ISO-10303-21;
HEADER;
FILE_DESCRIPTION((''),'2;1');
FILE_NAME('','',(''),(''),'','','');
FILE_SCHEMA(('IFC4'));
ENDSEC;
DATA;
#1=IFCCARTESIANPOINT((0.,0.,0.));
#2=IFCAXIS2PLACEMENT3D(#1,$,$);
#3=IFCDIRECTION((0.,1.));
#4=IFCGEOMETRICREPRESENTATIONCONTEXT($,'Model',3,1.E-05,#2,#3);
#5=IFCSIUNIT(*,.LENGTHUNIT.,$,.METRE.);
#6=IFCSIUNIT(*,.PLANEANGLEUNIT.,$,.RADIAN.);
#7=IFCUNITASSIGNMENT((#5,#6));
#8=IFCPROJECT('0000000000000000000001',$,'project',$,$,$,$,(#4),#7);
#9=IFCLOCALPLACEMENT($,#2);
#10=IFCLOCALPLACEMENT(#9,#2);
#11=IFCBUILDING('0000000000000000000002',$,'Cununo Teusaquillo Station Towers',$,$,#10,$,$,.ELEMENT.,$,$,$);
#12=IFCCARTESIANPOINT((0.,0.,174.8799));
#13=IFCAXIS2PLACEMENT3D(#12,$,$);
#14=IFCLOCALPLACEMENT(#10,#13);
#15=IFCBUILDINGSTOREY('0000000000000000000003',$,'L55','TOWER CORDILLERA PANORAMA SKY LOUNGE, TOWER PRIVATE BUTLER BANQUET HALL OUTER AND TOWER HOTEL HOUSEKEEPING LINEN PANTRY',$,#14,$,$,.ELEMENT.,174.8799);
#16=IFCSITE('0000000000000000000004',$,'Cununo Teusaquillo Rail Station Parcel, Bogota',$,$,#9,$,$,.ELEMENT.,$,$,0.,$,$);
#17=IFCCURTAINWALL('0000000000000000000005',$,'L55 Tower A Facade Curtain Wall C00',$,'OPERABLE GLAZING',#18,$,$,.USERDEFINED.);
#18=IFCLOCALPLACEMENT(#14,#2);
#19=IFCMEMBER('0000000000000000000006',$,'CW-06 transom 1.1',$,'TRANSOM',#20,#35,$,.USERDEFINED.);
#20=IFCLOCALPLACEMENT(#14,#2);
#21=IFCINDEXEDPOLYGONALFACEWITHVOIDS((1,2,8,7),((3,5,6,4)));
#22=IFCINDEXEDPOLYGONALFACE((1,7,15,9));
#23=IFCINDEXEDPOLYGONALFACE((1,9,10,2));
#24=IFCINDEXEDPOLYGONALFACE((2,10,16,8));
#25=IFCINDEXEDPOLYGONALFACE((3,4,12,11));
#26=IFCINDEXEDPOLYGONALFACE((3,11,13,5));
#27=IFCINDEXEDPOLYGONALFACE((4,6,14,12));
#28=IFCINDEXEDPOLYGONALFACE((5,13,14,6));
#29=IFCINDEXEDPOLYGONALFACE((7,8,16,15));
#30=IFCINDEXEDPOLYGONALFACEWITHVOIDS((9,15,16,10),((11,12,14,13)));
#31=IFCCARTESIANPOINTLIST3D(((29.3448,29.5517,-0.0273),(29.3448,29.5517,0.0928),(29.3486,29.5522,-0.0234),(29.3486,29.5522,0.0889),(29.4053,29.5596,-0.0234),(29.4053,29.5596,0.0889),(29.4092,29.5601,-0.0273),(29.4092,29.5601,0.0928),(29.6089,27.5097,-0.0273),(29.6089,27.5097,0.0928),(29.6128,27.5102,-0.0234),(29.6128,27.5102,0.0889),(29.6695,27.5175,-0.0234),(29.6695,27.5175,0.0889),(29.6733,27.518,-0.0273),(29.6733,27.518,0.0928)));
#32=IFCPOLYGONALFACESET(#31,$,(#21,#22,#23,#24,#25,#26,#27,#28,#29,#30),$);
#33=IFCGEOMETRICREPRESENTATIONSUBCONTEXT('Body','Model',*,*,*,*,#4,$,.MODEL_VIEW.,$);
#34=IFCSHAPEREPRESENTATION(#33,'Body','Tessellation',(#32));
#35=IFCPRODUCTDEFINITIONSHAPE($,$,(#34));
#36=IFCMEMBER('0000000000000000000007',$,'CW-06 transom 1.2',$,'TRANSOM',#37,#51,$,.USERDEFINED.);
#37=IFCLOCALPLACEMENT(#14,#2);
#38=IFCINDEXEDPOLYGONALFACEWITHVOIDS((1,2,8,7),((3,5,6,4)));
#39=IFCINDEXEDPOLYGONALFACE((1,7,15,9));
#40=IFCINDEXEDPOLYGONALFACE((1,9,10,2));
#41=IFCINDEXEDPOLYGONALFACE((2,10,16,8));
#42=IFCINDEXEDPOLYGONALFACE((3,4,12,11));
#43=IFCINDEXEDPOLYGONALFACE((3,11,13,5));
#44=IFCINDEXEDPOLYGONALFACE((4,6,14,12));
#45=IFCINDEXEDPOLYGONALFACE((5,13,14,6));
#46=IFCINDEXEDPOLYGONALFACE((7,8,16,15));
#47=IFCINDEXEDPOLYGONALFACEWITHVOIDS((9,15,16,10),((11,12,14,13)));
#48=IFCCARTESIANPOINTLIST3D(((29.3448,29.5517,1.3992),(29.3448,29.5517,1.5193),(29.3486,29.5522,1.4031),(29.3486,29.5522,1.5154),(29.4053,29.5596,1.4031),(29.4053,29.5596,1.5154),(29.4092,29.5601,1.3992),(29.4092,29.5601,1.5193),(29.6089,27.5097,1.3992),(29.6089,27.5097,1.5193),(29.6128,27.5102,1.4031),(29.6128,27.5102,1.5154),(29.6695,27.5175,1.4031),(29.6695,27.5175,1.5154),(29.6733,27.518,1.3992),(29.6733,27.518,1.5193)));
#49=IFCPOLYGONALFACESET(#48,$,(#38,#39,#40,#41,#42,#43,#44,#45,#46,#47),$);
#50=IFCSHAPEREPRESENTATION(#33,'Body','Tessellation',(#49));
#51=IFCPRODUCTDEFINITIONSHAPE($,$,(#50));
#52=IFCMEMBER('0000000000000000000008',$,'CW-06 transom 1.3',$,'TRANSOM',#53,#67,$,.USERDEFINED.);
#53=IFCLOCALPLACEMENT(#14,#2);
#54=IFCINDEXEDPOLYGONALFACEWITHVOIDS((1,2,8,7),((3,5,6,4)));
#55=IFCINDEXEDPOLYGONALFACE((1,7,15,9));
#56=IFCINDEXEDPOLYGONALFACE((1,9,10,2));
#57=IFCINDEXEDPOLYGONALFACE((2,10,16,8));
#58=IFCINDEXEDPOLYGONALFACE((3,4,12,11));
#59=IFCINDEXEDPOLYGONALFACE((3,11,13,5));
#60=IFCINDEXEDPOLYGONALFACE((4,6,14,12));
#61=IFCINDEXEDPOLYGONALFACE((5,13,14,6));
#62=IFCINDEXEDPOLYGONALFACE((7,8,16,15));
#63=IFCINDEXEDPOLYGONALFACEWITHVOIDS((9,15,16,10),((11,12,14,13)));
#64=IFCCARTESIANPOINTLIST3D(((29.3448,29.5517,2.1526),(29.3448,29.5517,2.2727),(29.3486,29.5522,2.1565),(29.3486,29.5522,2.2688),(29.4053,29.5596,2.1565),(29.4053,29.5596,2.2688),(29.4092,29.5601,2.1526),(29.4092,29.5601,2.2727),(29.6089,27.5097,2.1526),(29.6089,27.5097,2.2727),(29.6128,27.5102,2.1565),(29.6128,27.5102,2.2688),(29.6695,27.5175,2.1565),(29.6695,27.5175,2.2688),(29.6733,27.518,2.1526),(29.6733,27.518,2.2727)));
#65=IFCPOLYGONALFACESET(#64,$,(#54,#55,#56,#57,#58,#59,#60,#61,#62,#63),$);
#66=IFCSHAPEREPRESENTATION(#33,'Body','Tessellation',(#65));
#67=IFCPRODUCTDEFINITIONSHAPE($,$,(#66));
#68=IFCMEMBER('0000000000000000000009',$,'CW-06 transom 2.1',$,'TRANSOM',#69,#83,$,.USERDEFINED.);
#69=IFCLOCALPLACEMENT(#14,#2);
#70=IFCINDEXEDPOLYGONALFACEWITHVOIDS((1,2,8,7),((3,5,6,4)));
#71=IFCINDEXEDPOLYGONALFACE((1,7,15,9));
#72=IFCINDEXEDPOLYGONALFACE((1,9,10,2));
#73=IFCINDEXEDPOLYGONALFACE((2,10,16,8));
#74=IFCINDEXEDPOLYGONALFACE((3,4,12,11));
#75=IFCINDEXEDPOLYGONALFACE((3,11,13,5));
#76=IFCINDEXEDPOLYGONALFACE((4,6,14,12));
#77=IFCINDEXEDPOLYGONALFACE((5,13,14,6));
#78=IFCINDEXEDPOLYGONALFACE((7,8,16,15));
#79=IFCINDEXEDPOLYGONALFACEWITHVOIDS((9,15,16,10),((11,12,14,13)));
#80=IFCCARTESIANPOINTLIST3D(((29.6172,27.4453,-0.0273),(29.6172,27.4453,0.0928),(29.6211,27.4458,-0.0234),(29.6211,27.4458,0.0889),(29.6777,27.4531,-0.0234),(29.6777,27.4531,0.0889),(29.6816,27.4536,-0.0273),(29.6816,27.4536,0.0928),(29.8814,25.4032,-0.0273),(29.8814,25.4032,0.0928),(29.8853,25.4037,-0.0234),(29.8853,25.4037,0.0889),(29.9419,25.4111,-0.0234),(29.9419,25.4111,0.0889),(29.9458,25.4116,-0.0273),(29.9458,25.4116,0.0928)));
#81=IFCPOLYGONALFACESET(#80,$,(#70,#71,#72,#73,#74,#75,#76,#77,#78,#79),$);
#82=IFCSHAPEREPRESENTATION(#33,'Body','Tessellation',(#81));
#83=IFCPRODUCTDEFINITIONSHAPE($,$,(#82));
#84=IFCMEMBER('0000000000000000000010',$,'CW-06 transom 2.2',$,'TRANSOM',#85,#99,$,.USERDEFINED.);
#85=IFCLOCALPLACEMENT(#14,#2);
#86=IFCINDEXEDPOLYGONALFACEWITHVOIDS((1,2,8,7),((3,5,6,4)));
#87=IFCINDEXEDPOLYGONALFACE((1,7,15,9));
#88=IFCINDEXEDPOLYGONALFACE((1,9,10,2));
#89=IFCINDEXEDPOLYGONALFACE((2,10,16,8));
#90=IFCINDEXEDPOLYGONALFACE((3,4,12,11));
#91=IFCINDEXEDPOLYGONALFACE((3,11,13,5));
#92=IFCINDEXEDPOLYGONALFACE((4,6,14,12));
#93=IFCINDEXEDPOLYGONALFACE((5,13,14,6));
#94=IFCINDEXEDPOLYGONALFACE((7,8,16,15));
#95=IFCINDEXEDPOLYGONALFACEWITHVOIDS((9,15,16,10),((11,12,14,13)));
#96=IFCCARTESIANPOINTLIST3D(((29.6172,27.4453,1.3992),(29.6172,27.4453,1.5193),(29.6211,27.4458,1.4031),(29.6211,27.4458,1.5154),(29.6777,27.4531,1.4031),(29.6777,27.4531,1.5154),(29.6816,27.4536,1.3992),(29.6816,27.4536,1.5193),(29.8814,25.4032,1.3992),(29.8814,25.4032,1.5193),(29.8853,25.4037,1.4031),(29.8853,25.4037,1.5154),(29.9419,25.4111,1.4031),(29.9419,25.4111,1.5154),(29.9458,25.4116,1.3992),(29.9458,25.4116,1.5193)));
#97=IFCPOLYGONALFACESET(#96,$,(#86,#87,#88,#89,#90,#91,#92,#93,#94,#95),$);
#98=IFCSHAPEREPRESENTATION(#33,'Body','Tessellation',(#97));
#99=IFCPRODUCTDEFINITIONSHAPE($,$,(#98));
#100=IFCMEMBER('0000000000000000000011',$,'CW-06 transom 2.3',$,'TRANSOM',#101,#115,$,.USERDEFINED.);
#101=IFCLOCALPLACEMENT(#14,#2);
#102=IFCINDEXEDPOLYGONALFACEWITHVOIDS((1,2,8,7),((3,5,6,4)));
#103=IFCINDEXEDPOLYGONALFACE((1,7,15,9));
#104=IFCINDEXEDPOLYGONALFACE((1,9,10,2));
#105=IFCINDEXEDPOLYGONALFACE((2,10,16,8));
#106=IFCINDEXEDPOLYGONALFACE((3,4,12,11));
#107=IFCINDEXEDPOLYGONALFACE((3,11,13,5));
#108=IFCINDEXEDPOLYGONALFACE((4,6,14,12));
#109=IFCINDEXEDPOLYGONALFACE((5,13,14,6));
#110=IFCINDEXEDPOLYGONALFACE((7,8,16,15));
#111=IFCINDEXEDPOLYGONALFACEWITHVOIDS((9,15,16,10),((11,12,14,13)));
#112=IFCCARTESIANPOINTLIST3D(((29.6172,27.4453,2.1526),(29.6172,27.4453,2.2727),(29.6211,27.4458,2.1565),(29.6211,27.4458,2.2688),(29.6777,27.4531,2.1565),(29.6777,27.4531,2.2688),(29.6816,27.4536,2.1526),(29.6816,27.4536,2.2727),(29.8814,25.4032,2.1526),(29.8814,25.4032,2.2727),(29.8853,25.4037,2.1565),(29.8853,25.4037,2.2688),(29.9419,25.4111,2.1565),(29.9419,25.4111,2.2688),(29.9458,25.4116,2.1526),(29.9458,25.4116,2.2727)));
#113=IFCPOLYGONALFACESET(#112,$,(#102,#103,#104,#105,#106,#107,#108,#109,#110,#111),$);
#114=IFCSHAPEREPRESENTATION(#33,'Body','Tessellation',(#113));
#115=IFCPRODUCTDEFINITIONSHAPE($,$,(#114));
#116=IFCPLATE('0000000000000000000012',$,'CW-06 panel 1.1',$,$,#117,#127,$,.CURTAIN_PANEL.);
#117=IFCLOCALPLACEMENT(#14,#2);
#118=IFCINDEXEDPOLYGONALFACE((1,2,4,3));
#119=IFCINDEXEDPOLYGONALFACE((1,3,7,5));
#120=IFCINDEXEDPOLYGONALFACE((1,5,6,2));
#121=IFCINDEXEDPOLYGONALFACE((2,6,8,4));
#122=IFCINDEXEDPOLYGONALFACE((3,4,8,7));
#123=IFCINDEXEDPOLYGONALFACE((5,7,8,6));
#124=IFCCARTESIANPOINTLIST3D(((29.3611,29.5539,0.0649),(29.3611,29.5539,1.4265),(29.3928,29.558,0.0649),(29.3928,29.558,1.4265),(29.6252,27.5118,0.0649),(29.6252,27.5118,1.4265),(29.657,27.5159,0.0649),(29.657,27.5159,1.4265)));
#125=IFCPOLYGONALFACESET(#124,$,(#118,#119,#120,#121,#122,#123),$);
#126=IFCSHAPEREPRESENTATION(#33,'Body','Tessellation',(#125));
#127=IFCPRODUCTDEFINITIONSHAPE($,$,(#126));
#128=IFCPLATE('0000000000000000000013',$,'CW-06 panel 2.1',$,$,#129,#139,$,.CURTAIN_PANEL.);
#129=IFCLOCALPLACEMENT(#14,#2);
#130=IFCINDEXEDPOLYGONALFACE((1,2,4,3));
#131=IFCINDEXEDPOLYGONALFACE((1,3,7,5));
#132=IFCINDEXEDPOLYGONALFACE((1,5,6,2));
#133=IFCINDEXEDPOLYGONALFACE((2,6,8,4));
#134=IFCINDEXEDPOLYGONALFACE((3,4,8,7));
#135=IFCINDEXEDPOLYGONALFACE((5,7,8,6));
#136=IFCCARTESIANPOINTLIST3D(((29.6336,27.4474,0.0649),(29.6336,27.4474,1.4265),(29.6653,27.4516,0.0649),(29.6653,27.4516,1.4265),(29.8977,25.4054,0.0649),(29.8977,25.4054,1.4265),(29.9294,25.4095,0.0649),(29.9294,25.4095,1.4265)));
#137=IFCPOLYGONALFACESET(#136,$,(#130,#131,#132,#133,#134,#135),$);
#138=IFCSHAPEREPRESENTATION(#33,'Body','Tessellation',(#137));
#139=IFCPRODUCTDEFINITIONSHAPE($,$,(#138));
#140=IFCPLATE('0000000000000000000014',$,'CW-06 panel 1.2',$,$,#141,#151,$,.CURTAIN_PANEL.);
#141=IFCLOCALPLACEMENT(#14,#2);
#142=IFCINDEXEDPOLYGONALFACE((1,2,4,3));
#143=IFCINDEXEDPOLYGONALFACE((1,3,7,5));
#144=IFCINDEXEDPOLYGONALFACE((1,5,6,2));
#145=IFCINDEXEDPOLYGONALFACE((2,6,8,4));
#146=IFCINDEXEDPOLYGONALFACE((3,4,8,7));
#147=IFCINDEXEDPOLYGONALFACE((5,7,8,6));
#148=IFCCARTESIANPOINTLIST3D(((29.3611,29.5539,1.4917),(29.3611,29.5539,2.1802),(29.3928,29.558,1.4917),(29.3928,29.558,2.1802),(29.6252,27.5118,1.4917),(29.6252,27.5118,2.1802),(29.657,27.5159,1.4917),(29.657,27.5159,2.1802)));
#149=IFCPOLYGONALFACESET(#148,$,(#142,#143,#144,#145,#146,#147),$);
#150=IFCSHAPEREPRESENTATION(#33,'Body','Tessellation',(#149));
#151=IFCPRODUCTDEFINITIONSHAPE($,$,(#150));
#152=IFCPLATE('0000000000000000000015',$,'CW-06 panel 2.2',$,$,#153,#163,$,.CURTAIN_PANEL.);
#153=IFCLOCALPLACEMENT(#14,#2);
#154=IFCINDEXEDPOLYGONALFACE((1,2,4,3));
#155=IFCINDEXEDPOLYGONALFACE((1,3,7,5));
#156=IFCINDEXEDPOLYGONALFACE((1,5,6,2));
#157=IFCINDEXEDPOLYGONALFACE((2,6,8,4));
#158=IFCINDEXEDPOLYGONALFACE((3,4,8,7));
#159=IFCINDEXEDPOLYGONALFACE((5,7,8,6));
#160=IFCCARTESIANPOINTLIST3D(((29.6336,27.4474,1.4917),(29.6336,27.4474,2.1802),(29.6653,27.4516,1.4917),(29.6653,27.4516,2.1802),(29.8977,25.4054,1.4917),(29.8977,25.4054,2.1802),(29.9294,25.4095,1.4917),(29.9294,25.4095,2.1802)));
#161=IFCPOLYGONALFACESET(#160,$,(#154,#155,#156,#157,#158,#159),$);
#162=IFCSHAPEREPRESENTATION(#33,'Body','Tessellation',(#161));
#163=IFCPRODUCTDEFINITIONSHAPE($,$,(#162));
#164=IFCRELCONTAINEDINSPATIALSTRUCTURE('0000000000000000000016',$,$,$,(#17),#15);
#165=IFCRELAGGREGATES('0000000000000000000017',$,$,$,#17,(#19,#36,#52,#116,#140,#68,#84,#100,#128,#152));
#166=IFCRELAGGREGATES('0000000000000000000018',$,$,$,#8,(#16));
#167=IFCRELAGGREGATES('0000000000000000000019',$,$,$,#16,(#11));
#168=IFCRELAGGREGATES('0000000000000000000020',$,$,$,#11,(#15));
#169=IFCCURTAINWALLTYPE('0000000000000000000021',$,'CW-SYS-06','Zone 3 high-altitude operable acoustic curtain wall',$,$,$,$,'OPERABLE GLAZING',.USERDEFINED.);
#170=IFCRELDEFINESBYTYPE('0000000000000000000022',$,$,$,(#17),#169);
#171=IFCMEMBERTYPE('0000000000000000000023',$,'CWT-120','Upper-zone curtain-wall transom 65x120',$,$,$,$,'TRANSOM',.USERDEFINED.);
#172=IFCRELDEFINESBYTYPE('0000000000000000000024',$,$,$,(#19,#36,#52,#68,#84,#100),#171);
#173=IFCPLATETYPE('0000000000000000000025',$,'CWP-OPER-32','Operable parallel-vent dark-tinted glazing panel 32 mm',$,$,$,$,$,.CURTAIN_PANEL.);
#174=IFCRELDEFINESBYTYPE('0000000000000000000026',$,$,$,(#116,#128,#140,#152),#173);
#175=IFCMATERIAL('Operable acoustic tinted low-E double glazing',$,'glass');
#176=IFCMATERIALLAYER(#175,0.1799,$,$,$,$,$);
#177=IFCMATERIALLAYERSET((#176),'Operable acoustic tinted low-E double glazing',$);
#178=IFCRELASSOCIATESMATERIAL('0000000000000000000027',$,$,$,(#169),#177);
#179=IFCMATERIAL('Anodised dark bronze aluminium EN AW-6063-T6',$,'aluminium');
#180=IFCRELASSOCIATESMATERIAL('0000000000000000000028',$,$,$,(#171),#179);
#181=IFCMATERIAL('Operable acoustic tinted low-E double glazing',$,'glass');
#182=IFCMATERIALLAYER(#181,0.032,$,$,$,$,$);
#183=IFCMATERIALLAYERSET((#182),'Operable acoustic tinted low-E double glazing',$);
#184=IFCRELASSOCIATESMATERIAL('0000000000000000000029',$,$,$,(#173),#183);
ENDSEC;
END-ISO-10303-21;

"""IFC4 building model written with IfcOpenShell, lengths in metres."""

from ifc_helpers import new_model, si_unit, direction, frame, origin, origin_2d, place, context, subcontext, project, spatial, rectangle, hollow_rectangle, extrude, source, transform, mapped, material, layer, layer_set, material_profile, profile_set, type_object, element, aggregate, save


model = new_model("IFC4")

# Units and contexts
model_context = context("Model", 3, precision=1e-05, world=origin(), true_north=direction((0.0, 1.0)))
body_context = subcontext(model_context, "Body", "Model", "MODEL_VIEW")
ifc_project = project(units=[si_unit("LENGTHUNIT", "METRE"), si_unit("PLANEANGLEUNIT", "RADIAN")], contexts=[model_context])

# Site, building, storey
site_placement = place(None, origin())
site = spatial("IfcSite", under=ifc_project, at=site_placement, Name="Cununo Teusaquillo Rail Station Parcel, Bogota", CompositionType="ELEMENT", RefElevation=0.0)
building_placement = place(site_placement, origin())
building = spatial("IfcBuilding", under=site, at=building_placement, Name="Cununo Teusaquillo Station Towers", CompositionType="ELEMENT")
storey_placement = place(building_placement, frame((0.0, 0.0, 174.8799)))
storey = spatial("IfcBuildingStorey", under=building, at=storey_placement, Name="L55", Description="TOWER CORDILLERA PANORAMA SKY LOUNGE, TOWER PRIVATE BUTLER BANQUET HALL OUTER AND TOWER HOTEL HOUSEKEEPING LINEN PANTRY", CompositionType="ELEMENT", Elevation=174.8799)

# Curtain wall, members, plates
ifc_material_1 = material(Name="Operable acoustic tinted low-E double glazing", Category="glass")
ifc_layer_1 = layer(ifc_material_1, 0.1799)
ifc_layer_set_1 = layer_set([ifc_layer_1], Name="Operable acoustic tinted low-E double glazing")
curtain_wall_type = type_object("IfcCurtainWallType", Name="CW-SYS-06", Description="Zone 3 high-altitude operable acoustic curtain wall", ElementType="OPERABLE GLAZING", PredefinedType="USERDEFINED", material=ifc_layer_set_1)
curtain_wall_placement = place(storey_placement, origin())
curtain_wall = element("IfcCurtainWall", 1, at=curtain_wall_placement, inside=storey, type_object=curtain_wall_type, Name="L55 Tower A Facade Curtain Wall C00", ObjectType="OPERABLE GLAZING", PredefinedType="USERDEFINED")
ifc_material_2 = material(Name="Anodised dark bronze aluminium EN AW-6063-T6", Category="aluminium")
ifc_material_profile_1 = material_profile(ifc_material_2, hollow_rectangle(XDim=0.0649, YDim=0.1201, WallThickness=0.0039, at=origin_2d()), Name="CW-TRAN-65x120")
ifc_profile_set_1 = profile_set([ifc_material_profile_1], Name="Anodised dark bronze aluminium EN AW-6063-T6")
member_type_1 = type_object("IfcMemberType", Name="CWT-120", Description="Upper-zone curtain-wall transom 65x120", ElementType="TRANSOM", PredefinedType="USERDEFINED", material=ifc_profile_set_1)
member_1_placement = place(storey_placement, frame((29.377, 29.5559, 0.0327), z_axis=(0.128295, -0.991736, 0.0), x_axis=(0.991736, 0.128295, 0.0)))
member_1 = element("IfcMember", 2, at=member_1_placement, type_object=member_type_1, Name="CW-06 transom 1.1", ObjectType="TRANSOM", PredefinedType="USERDEFINED", context=body_context, shape_type="SweptSolid", body=[
    extrude(hollow_rectangle(XDim=0.0649, YDim=0.1201, WallThickness=0.0039, at=origin_2d()), origin(), (0.0, 0.0, 1.0), 2.0591),
])
member_2_placement = place(storey_placement, frame((29.377, 29.5559, 1.4592), z_axis=(0.128295, -0.991736, 0.0), x_axis=(0.991736, 0.128295, 0.0)))
member_2 = element("IfcMember", 3, at=member_2_placement, type_object=member_type_1, Name="CW-06 transom 1.2", ObjectType="TRANSOM", PredefinedType="USERDEFINED", context=body_context, shape_type="SweptSolid", body=[
    extrude(hollow_rectangle(XDim=0.0649, YDim=0.1201, WallThickness=0.0039, at=origin_2d()), origin(), (0.0, 0.0, 1.0), 2.0591),
])
member_3_placement = place(storey_placement, frame((29.377, 29.5559, 2.2126), z_axis=(0.128295, -0.991736, 0.0), x_axis=(0.991736, 0.128295, 0.0)))
member_3 = element("IfcMember", 4, at=member_3_placement, type_object=member_type_1, Name="CW-06 transom 1.3", ObjectType="TRANSOM", PredefinedType="USERDEFINED", context=body_context, shape_type="SweptSolid", body=[
    extrude(hollow_rectangle(XDim=0.0649, YDim=0.1201, WallThickness=0.0039, at=origin_2d()), origin(), (0.0, 0.0, 1.0), 2.0591),
])
member_4_placement = place(storey_placement, frame((29.6494, 27.4495, 0.0327), z_axis=(0.128295, -0.991736, 0.0), x_axis=(0.991736, 0.128295, 0.0)))
member_4 = element("IfcMember", 5, at=member_4_placement, type_object=member_type_1, Name="CW-06 transom 2.1", ObjectType="TRANSOM", PredefinedType="USERDEFINED", context=body_context, shape_type="SweptSolid", body=[
    extrude(hollow_rectangle(XDim=0.0649, YDim=0.1201, WallThickness=0.0039, at=origin_2d()), origin(), (0.0, 0.0, 1.0), 2.0591),
])
member_5_placement = place(storey_placement, frame((29.6494, 27.4495, 1.4592), z_axis=(0.128295, -0.991736, 0.0), x_axis=(0.991736, 0.128295, 0.0)))
member_5 = element("IfcMember", 6, at=member_5_placement, type_object=member_type_1, Name="CW-06 transom 2.2", ObjectType="TRANSOM", PredefinedType="USERDEFINED", context=body_context, shape_type="SweptSolid", body=[
    extrude(hollow_rectangle(XDim=0.0649, YDim=0.1201, WallThickness=0.0039, at=origin_2d()), origin(), (0.0, 0.0, 1.0), 2.0591),
])
member_6_placement = place(storey_placement, frame((29.6494, 27.4495, 2.2126), z_axis=(0.128295, -0.991736, 0.0), x_axis=(0.991736, 0.128295, 0.0)))
member_6 = element("IfcMember", 7, at=member_6_placement, type_object=member_type_1, Name="CW-06 transom 2.3", ObjectType="TRANSOM", PredefinedType="USERDEFINED", context=body_context, shape_type="SweptSolid", body=[
    extrude(hollow_rectangle(XDim=0.0649, YDim=0.1201, WallThickness=0.0039, at=origin_2d()), origin(), (0.0, 0.0, 1.0), 2.0591),
])
ifc_material_3 = material(Name="Operable acoustic tinted low-E double glazing", Category="glass")
ifc_layer_2 = layer(ifc_material_3, 0.032)
ifc_layer_set_2 = layer_set([ifc_layer_2], Name="Operable acoustic tinted low-E double glazing")
plate_type = type_object("IfcPlateType", Name="CWP-OPER-32", Description="Operable parallel-vent dark-tinted glazing panel 32 mm", PredefinedType="CURTAIN_PANEL", material=ifc_layer_set_2)
shared_shape_1 = source(origin(), body_context, "Body", "SweptSolid", [
    extrude(rectangle(XDim=2.0591, YDim=0.032, at=origin_2d()), origin(), (0.0, 0.0, 1.0), 1.3616),
])
plate_1_placement = place(storey_placement, frame((29.509, 28.5349, 0.0649), z_axis=(0.0, 0.0, 1.0), x_axis=(0.128285, -0.991737, 0.0)))
plate_1 = element("IfcPlate", 8, at=plate_1_placement, type_object=plate_type, Name="CW-06 panel 1.1", PredefinedType="CURTAIN_PANEL", context=body_context, shape_type="MappedRepresentation", body=[
    mapped(shared_shape_1, transform((0.0, 0.0, 0.0), x_axis=(1.0, 0.0, 0.0), y_axis=(0.0, 1.0, 0.0), z_axis=(0.0, 0.0, 1.0), scale=1.0)),
])
plate_2_placement = place(storey_placement, frame((29.7815, 26.4285, 0.0649), z_axis=(0.0, 0.0, 1.0), x_axis=(0.128285, -0.991737, 0.0)))
plate_2 = element("IfcPlate", 9, at=plate_2_placement, type_object=plate_type, Name="CW-06 panel 2.1", PredefinedType="CURTAIN_PANEL", context=body_context, shape_type="MappedRepresentation", body=[
    mapped(shared_shape_1, transform((0.0, 0.0, 0.0), x_axis=(1.0, 0.0, 0.0), y_axis=(0.0, 1.0, 0.0), z_axis=(0.0, 0.0, 1.0), scale=1.0)),
])
shared_shape_2 = source(origin(), body_context, "Body", "SweptSolid", [
    extrude(rectangle(XDim=2.0591, YDim=0.032, at=origin_2d()), origin(), (0.0, 0.0, 1.0), 0.6885),
])
plate_3_placement = place(storey_placement, frame((29.509, 28.5349, 1.4917), z_axis=(0.0, 0.0, 1.0), x_axis=(0.128285, -0.991737, 0.0)))
plate_3 = element("IfcPlate", 10, at=plate_3_placement, type_object=plate_type, Name="CW-06 panel 1.2", PredefinedType="CURTAIN_PANEL", context=body_context, shape_type="MappedRepresentation", body=[
    mapped(shared_shape_2, transform((0.0, 0.0, 0.0), x_axis=(1.0, 0.0, 0.0), y_axis=(0.0, 1.0, 0.0), z_axis=(0.0, 0.0, 1.0), scale=1.0)),
])
plate_4_placement = place(storey_placement, frame((29.7815, 26.4285, 1.4917), z_axis=(0.0, 0.0, 1.0), x_axis=(0.128285, -0.991737, 0.0)))
plate_4 = element("IfcPlate", 11, at=plate_4_placement, type_object=plate_type, Name="CW-06 panel 2.2", PredefinedType="CURTAIN_PANEL", context=body_context, shape_type="MappedRepresentation", body=[
    mapped(shared_shape_2, transform((0.0, 0.0, 0.0), x_axis=(1.0, 0.0, 0.0), y_axis=(0.0, 1.0, 0.0), z_axis=(0.0, 0.0, 1.0), scale=1.0)),
])
aggregate(curtain_wall, [member_1, member_2, member_3, plate_1, plate_3, member_4, member_5, member_6, plate_2, plate_4])

save(model, "model.ifc")
